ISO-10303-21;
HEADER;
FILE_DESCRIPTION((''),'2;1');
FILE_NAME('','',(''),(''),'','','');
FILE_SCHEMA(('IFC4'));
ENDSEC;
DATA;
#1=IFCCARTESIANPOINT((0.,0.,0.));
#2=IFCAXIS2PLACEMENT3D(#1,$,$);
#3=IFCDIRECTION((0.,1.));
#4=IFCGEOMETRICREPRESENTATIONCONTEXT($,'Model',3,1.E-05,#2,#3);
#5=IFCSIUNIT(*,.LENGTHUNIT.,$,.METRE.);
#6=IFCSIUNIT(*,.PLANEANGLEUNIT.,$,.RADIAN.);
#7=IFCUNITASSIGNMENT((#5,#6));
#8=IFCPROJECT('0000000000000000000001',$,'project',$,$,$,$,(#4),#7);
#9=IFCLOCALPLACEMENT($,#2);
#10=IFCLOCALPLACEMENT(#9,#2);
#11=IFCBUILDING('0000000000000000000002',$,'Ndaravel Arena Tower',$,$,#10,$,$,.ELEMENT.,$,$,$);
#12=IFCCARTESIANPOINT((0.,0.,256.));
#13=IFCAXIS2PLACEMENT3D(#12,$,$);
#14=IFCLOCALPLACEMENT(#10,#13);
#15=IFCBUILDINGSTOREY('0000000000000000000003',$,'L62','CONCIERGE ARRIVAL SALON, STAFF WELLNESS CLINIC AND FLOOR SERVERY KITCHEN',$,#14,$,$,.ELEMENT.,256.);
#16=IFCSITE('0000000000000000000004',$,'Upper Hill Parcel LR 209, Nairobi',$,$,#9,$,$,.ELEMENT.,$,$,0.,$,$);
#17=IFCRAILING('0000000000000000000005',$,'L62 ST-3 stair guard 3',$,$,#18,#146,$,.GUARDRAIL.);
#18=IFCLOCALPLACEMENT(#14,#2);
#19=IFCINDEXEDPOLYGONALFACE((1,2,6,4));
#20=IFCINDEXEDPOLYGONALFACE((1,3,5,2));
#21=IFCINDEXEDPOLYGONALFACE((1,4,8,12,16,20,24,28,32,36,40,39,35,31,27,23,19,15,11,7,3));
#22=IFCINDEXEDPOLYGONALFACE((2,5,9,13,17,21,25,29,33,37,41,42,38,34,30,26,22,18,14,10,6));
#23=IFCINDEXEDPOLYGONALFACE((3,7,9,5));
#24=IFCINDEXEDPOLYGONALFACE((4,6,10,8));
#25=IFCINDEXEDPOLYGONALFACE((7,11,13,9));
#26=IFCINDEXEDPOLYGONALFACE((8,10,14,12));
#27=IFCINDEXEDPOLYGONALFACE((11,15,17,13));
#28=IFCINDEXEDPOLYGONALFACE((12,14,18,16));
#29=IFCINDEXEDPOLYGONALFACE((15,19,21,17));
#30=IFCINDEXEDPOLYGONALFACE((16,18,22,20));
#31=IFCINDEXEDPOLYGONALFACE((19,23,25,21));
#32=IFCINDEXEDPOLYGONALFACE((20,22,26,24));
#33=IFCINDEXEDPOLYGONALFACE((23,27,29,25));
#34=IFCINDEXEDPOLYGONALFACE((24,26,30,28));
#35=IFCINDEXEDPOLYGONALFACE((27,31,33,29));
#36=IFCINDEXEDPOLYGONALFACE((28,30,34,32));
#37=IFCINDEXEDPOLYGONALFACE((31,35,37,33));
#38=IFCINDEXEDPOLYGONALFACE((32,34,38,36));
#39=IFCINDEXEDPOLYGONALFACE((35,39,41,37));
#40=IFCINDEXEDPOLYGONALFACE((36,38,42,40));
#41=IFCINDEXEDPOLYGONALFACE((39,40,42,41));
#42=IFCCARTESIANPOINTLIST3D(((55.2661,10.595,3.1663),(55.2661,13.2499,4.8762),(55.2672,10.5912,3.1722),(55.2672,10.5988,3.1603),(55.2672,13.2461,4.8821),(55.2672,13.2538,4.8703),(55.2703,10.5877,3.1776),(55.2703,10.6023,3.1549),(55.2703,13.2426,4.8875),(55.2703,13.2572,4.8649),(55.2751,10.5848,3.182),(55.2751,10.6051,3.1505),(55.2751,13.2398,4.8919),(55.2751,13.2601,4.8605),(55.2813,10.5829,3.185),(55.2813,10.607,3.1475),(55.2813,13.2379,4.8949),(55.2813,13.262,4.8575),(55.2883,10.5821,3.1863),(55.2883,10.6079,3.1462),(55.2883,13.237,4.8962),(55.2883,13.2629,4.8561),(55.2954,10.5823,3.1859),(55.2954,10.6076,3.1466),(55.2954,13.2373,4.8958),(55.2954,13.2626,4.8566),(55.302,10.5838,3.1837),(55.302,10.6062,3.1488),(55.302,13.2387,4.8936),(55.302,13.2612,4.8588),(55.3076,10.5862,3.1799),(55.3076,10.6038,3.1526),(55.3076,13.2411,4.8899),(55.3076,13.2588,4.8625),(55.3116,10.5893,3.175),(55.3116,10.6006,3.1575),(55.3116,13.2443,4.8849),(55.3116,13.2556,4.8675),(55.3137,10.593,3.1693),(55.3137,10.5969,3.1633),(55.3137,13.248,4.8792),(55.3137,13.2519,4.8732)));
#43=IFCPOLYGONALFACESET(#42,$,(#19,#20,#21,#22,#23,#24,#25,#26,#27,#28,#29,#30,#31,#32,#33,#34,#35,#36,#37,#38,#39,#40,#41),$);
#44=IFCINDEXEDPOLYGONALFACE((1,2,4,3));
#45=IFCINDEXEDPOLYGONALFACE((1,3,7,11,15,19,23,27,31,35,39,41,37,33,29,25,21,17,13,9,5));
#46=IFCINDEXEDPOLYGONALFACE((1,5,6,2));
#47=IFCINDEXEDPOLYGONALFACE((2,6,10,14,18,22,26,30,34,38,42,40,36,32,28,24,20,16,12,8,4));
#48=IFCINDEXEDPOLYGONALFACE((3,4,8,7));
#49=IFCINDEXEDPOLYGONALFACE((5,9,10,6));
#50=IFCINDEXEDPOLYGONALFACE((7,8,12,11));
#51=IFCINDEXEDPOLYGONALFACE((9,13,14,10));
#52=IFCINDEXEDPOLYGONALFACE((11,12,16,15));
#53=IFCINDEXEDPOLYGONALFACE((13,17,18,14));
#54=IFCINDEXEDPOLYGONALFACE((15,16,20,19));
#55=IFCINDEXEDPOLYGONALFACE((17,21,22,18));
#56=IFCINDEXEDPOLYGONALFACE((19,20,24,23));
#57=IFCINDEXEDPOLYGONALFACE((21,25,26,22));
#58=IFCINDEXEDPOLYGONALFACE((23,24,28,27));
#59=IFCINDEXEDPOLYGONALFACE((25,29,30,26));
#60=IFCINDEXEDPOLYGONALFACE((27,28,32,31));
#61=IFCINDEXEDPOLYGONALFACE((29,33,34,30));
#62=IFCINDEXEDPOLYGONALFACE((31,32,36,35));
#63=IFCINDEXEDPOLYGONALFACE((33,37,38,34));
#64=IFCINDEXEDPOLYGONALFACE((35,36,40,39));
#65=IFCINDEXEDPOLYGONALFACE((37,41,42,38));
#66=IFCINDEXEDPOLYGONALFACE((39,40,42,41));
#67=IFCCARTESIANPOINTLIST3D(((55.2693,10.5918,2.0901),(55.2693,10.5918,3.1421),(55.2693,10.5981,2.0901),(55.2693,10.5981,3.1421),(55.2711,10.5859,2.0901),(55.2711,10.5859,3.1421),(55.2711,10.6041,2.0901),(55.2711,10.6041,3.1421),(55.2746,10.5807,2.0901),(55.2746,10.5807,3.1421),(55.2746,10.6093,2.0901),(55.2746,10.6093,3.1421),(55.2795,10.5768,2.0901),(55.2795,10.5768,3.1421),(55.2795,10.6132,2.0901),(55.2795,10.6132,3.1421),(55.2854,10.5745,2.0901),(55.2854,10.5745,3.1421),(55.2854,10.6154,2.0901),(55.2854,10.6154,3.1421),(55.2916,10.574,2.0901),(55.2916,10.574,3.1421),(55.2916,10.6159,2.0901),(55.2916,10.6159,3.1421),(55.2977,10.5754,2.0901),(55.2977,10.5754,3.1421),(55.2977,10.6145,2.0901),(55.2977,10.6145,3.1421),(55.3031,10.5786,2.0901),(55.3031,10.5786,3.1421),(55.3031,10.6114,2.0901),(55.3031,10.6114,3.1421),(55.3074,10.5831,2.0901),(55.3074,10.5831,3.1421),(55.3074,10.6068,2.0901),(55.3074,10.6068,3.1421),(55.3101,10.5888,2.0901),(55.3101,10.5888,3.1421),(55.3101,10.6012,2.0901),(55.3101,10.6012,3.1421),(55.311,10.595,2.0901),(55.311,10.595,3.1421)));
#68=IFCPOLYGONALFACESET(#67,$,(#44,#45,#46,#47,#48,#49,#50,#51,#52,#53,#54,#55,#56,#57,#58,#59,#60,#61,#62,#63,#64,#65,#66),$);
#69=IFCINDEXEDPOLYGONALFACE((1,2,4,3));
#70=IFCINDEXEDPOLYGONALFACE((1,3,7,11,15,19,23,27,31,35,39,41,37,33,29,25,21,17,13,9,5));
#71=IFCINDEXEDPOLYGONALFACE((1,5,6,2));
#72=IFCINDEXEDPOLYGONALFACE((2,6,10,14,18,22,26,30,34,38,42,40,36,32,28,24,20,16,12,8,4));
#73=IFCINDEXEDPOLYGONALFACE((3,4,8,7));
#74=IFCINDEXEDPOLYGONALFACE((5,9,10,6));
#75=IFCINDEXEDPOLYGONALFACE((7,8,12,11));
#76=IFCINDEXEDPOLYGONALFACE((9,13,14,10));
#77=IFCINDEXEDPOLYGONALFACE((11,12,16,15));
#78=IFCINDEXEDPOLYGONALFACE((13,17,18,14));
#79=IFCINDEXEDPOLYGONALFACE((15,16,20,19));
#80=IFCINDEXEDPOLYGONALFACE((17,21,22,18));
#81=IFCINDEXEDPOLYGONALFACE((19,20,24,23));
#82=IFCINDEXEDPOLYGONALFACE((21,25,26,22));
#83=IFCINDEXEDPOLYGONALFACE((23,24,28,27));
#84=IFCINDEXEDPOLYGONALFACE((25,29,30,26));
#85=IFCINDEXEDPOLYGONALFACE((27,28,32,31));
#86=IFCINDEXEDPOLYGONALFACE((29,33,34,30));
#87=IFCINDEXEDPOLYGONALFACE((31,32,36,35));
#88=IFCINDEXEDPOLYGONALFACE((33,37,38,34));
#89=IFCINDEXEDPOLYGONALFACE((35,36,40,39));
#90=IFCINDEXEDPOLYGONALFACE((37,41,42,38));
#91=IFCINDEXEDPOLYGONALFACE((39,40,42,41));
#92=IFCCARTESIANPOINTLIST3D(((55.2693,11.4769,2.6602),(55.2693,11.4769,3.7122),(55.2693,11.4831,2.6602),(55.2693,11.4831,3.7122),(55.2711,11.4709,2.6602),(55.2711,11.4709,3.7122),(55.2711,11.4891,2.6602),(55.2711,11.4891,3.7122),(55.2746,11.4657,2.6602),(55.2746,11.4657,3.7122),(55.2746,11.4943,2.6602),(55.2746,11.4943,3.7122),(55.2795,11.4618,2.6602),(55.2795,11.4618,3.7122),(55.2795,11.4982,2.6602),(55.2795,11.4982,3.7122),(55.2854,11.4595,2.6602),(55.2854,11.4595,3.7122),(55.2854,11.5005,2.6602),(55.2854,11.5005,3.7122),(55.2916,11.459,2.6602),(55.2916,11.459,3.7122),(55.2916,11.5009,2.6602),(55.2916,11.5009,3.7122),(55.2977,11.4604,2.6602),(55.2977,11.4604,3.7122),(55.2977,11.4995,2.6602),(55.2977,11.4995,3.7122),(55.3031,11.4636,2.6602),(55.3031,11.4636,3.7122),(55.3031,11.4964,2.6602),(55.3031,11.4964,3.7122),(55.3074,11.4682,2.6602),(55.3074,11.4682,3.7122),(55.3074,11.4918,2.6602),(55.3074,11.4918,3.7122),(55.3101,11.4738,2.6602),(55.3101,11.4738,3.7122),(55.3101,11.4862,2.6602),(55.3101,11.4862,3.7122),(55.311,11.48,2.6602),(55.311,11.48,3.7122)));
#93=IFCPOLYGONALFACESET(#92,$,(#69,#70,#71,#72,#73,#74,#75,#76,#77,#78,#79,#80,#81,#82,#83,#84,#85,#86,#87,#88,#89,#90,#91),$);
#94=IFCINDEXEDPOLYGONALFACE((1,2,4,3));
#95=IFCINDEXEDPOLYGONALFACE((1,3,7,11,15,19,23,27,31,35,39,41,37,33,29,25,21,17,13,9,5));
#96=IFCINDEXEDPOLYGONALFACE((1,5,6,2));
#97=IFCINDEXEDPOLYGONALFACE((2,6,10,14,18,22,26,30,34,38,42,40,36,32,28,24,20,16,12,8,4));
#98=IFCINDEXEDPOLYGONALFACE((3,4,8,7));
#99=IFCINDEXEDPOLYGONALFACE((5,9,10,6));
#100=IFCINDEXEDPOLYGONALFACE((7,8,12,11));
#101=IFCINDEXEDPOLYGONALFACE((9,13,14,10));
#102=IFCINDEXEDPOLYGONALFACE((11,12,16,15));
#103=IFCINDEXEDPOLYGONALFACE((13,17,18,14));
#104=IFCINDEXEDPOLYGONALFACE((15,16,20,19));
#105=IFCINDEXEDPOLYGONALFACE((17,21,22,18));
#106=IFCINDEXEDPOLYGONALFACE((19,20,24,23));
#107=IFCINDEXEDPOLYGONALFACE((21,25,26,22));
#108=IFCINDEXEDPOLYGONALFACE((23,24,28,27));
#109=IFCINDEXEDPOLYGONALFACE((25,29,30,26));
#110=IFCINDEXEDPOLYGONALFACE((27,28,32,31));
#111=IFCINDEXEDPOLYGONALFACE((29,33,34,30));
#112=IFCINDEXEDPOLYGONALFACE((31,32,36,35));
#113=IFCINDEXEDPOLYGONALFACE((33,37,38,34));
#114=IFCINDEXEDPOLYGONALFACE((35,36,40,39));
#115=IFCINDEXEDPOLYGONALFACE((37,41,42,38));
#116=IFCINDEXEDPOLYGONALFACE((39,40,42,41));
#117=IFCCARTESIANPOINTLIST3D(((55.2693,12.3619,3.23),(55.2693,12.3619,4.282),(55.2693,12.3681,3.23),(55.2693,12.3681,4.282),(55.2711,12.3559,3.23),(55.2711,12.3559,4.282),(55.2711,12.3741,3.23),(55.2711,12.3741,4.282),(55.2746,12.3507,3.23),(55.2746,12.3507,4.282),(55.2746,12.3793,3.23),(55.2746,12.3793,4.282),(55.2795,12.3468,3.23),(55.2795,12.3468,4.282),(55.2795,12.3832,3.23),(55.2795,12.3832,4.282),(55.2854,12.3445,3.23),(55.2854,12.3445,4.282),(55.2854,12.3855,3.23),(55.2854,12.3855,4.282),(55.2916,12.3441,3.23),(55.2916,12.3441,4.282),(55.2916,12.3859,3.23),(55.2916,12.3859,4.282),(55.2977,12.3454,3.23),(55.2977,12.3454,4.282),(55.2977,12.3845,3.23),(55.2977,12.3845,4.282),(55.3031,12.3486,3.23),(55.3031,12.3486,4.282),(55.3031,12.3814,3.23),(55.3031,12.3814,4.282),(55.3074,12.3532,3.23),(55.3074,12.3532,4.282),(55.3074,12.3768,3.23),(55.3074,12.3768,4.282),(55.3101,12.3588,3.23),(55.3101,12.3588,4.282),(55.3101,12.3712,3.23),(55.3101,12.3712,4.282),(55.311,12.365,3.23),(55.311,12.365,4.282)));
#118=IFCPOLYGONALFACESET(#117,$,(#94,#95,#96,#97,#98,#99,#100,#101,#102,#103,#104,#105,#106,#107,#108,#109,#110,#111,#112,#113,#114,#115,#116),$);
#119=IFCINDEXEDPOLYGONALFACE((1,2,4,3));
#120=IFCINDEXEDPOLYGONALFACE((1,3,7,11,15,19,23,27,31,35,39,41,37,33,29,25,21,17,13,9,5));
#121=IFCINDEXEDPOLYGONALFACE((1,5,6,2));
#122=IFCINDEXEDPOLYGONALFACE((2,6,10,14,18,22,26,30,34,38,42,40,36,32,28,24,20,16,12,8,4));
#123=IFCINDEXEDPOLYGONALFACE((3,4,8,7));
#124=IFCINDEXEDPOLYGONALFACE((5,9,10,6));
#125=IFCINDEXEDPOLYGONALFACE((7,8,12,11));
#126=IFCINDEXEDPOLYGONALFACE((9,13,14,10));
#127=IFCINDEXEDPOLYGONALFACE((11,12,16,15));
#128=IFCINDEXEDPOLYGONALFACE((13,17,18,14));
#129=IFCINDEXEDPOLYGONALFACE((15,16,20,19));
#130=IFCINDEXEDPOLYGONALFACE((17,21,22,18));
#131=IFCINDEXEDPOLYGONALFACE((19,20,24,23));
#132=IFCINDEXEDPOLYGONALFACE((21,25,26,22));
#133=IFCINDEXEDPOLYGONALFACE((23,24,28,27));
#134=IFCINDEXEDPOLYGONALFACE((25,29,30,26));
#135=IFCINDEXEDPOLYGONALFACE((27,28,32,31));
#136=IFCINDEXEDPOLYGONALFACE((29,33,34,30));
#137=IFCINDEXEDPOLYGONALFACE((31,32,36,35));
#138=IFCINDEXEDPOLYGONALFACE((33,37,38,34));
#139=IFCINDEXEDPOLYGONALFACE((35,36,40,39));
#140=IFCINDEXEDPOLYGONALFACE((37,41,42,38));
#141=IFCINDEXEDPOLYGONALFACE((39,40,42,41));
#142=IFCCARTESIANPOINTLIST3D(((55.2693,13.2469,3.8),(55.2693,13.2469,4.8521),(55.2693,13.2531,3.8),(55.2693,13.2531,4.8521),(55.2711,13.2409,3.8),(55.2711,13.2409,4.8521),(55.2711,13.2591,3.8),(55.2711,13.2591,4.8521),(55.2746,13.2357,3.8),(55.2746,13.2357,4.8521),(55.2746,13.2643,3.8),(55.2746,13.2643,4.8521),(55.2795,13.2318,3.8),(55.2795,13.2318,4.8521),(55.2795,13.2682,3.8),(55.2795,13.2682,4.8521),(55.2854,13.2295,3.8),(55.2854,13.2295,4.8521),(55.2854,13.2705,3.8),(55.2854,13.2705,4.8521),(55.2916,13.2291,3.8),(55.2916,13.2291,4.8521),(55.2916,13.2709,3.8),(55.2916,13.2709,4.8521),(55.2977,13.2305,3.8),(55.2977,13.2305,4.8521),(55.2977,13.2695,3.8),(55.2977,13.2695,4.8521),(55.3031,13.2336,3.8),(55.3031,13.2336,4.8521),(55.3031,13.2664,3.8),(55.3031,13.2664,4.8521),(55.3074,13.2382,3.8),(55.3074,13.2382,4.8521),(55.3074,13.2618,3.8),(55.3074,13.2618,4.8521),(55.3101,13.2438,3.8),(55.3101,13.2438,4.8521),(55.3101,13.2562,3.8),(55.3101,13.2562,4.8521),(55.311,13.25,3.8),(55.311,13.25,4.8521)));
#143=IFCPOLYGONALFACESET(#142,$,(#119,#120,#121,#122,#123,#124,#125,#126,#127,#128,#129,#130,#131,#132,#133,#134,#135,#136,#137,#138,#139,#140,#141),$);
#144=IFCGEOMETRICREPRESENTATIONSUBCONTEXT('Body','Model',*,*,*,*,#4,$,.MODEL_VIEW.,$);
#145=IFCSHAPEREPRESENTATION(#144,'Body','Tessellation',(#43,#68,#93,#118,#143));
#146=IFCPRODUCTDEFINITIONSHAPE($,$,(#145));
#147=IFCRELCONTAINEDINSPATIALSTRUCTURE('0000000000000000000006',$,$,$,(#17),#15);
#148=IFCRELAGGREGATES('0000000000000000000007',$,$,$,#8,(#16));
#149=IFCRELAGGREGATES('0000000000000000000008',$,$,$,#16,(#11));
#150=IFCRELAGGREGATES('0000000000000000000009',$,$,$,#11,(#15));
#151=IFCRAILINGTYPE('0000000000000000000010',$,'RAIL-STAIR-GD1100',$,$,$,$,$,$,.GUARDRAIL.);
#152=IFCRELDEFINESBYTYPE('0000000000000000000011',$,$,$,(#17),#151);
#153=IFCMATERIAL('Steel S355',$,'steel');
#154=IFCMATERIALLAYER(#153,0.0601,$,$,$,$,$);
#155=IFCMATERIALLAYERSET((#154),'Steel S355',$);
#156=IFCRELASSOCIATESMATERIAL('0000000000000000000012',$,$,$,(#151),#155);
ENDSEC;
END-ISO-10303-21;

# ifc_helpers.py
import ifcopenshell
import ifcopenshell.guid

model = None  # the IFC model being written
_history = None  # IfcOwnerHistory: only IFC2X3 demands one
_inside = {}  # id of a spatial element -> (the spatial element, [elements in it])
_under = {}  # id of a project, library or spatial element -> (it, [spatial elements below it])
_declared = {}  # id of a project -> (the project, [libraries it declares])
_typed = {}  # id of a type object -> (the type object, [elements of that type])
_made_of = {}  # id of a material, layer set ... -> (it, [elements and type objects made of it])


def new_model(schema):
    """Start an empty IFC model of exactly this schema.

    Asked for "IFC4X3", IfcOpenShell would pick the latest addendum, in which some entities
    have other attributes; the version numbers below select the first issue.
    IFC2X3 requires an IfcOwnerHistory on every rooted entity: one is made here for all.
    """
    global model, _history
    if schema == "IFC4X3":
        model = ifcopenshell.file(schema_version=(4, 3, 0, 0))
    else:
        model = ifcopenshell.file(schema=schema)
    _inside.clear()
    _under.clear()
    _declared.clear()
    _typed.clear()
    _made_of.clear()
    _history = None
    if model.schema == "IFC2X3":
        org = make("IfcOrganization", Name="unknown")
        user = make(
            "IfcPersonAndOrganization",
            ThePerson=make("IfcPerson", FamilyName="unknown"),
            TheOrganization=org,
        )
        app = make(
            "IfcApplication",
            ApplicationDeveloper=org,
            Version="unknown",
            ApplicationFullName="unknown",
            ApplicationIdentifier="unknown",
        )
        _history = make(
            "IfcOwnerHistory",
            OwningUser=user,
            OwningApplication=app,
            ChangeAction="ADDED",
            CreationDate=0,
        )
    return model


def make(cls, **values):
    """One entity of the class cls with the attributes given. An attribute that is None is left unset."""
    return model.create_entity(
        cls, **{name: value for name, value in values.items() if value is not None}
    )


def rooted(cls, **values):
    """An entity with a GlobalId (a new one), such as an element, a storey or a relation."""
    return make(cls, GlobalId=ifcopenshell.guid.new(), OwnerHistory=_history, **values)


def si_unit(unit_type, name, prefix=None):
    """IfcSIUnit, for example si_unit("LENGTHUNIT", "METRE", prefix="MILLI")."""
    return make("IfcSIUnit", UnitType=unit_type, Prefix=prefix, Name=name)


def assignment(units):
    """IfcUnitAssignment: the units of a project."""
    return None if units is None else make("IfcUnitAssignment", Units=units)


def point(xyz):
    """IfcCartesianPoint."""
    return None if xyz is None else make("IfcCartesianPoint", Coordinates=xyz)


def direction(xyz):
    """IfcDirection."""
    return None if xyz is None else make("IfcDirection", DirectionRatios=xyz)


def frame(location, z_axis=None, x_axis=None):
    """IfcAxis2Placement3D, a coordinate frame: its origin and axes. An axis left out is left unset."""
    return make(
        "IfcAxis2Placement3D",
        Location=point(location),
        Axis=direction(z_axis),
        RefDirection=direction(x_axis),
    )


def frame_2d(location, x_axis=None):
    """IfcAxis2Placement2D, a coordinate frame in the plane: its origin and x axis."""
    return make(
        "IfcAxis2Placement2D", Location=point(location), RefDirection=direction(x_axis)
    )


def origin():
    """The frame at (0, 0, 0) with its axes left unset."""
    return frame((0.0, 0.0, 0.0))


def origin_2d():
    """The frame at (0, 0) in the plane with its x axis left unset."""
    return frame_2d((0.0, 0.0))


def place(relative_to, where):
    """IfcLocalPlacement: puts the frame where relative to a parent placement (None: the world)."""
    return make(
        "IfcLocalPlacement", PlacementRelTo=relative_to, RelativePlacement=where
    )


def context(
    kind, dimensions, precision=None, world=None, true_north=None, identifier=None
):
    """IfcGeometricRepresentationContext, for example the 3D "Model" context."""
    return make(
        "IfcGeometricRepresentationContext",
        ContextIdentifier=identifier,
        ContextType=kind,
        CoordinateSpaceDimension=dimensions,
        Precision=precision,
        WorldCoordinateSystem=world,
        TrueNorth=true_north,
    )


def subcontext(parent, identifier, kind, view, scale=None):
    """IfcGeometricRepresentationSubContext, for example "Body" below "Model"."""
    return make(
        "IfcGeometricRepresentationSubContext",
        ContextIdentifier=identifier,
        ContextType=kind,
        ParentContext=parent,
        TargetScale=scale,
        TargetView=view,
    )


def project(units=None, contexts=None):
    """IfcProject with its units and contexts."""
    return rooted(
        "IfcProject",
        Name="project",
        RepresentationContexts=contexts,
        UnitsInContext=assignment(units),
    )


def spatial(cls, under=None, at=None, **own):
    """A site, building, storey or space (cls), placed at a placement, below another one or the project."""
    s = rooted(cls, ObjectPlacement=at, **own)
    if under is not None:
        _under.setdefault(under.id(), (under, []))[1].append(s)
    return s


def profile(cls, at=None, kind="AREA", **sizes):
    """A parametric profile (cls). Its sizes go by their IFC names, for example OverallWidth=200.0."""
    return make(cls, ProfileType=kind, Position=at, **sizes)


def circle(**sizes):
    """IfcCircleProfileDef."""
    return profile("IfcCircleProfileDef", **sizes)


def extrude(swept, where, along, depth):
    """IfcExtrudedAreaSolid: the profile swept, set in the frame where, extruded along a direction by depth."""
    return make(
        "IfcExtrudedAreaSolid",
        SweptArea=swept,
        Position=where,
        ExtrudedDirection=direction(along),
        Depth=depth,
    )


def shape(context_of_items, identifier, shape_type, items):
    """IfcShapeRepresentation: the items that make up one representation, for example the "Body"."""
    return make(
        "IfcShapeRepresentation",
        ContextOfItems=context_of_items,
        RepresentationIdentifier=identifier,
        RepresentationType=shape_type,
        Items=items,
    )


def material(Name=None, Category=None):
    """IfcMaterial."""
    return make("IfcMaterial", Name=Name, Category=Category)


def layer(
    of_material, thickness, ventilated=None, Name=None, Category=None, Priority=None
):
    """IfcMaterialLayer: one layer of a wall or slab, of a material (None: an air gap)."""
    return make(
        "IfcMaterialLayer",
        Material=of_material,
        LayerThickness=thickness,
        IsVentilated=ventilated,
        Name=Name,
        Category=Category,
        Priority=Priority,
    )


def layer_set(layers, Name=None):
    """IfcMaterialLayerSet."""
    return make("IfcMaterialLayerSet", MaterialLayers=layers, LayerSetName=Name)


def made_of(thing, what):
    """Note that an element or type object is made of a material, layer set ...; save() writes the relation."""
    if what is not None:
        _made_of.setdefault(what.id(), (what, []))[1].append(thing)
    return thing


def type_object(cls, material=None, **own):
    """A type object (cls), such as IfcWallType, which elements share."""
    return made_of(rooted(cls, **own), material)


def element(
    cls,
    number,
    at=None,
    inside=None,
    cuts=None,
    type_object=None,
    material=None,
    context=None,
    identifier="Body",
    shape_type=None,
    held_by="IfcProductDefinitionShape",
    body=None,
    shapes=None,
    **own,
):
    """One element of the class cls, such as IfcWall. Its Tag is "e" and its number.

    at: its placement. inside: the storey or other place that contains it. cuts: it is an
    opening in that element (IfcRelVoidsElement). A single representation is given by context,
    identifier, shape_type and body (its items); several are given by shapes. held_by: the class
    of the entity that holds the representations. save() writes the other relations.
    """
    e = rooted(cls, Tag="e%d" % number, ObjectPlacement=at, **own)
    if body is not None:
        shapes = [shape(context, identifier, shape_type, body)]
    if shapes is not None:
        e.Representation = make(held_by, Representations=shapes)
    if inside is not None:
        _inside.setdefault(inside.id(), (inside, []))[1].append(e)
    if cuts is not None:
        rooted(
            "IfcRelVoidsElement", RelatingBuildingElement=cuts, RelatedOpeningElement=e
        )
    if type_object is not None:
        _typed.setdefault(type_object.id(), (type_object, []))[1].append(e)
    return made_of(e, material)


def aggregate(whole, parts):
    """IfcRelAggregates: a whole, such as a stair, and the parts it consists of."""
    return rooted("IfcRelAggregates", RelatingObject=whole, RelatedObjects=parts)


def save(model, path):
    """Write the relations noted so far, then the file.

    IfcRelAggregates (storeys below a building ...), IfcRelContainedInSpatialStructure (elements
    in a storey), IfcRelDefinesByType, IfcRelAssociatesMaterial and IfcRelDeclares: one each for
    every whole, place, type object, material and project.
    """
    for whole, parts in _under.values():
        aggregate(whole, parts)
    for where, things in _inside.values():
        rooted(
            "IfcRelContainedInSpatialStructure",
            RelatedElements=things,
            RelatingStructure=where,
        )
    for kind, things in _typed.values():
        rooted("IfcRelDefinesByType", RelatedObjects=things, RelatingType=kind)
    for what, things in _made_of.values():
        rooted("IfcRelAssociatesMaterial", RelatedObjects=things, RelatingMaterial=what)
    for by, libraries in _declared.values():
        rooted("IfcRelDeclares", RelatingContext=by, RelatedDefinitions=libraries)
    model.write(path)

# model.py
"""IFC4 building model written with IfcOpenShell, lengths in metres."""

from ifc_helpers import new_model, si_unit, direction, frame, origin, origin_2d, place, context, subcontext, project, spatial, circle, extrude, material, layer, layer_set, type_object, element, save


model = new_model("IFC4")

# Units and contexts
model_context = context("Model", 3, precision=1e-05, world=origin(), true_north=direction((0.0, 1.0)))
body_context = subcontext(model_context, "Body", "Model", "MODEL_VIEW")
ifc_project = project(units=[si_unit("LENGTHUNIT", "METRE"), si_unit("PLANEANGLEUNIT", "RADIAN")], contexts=[model_context])

# Site, building, storey
site_placement = place(None, origin())
site = spatial("IfcSite", under=ifc_project, at=site_placement, Name="Upper Hill Parcel LR 209, Nairobi", CompositionType="ELEMENT", RefElevation=0.0)
building_placement = place(site_placement, origin())
building = spatial("IfcBuilding", under=site, at=building_placement, Name="Ndaravel Arena Tower", CompositionType="ELEMENT")
storey_placement = place(building_placement, frame((0.0, 0.0, 256.0)))
storey = spatial("IfcBuildingStorey", under=building, at=storey_placement, Name="L62", Description="CONCIERGE ARRIVAL SALON, STAFF WELLNESS CLINIC AND FLOOR SERVERY KITCHEN", CompositionType="ELEMENT", Elevation=256.0)

# Railing
ifc_material_1 = material(Name="Steel S355", Category="steel")
ifc_layer_1 = layer(ifc_material_1, 0.0601)
ifc_layer_set_1 = layer_set([ifc_layer_1], Name="Steel S355")
railing_type_1 = type_object("IfcRailingType", Name="RAIL-STAIR-GD1100", PredefinedType="GUARDRAIL", material=ifc_layer_set_1)
railing_1_placement = place(storey_placement, frame((55.29, 10.595, 2.0901)))
element("IfcRailing", 1, at=railing_1_placement, inside=storey, type_object=railing_type_1, Name="L62 ST-3 stair guard 3", PredefinedType="GUARDRAIL", context=body_context, shape_type="SweptSolid", body=[
    extrude(circle(Radius=0.0239, at=origin_2d()), frame((0.0, 0.0, 1.0762), z_axis=(0.0, 0.840724, 0.541465), x_axis=(-1.0, 0.0, 0.0)), (0.0, 0.0, 1.0), 3.158),
    extrude(circle(Radius=0.021, at=origin_2d()), origin(), (0.0, 0.0, 1.0), 1.052),
    extrude(circle(Radius=0.021, at=origin_2d()), frame((0.0, 0.885, 0.5701)), (0.0, 0.0, 1.0), 1.052),
    extrude(circle(Radius=0.021, at=origin_2d()), frame((0.0, 1.77, 1.1399)), (0.0, 0.0, 1.0), 1.052),
    extrude(circle(Radius=0.021, at=origin_2d()), frame((0.0, 2.655, 1.71)), (0.0, 0.0, 1.0), 1.052),
])

save(model, "model.ifc")
